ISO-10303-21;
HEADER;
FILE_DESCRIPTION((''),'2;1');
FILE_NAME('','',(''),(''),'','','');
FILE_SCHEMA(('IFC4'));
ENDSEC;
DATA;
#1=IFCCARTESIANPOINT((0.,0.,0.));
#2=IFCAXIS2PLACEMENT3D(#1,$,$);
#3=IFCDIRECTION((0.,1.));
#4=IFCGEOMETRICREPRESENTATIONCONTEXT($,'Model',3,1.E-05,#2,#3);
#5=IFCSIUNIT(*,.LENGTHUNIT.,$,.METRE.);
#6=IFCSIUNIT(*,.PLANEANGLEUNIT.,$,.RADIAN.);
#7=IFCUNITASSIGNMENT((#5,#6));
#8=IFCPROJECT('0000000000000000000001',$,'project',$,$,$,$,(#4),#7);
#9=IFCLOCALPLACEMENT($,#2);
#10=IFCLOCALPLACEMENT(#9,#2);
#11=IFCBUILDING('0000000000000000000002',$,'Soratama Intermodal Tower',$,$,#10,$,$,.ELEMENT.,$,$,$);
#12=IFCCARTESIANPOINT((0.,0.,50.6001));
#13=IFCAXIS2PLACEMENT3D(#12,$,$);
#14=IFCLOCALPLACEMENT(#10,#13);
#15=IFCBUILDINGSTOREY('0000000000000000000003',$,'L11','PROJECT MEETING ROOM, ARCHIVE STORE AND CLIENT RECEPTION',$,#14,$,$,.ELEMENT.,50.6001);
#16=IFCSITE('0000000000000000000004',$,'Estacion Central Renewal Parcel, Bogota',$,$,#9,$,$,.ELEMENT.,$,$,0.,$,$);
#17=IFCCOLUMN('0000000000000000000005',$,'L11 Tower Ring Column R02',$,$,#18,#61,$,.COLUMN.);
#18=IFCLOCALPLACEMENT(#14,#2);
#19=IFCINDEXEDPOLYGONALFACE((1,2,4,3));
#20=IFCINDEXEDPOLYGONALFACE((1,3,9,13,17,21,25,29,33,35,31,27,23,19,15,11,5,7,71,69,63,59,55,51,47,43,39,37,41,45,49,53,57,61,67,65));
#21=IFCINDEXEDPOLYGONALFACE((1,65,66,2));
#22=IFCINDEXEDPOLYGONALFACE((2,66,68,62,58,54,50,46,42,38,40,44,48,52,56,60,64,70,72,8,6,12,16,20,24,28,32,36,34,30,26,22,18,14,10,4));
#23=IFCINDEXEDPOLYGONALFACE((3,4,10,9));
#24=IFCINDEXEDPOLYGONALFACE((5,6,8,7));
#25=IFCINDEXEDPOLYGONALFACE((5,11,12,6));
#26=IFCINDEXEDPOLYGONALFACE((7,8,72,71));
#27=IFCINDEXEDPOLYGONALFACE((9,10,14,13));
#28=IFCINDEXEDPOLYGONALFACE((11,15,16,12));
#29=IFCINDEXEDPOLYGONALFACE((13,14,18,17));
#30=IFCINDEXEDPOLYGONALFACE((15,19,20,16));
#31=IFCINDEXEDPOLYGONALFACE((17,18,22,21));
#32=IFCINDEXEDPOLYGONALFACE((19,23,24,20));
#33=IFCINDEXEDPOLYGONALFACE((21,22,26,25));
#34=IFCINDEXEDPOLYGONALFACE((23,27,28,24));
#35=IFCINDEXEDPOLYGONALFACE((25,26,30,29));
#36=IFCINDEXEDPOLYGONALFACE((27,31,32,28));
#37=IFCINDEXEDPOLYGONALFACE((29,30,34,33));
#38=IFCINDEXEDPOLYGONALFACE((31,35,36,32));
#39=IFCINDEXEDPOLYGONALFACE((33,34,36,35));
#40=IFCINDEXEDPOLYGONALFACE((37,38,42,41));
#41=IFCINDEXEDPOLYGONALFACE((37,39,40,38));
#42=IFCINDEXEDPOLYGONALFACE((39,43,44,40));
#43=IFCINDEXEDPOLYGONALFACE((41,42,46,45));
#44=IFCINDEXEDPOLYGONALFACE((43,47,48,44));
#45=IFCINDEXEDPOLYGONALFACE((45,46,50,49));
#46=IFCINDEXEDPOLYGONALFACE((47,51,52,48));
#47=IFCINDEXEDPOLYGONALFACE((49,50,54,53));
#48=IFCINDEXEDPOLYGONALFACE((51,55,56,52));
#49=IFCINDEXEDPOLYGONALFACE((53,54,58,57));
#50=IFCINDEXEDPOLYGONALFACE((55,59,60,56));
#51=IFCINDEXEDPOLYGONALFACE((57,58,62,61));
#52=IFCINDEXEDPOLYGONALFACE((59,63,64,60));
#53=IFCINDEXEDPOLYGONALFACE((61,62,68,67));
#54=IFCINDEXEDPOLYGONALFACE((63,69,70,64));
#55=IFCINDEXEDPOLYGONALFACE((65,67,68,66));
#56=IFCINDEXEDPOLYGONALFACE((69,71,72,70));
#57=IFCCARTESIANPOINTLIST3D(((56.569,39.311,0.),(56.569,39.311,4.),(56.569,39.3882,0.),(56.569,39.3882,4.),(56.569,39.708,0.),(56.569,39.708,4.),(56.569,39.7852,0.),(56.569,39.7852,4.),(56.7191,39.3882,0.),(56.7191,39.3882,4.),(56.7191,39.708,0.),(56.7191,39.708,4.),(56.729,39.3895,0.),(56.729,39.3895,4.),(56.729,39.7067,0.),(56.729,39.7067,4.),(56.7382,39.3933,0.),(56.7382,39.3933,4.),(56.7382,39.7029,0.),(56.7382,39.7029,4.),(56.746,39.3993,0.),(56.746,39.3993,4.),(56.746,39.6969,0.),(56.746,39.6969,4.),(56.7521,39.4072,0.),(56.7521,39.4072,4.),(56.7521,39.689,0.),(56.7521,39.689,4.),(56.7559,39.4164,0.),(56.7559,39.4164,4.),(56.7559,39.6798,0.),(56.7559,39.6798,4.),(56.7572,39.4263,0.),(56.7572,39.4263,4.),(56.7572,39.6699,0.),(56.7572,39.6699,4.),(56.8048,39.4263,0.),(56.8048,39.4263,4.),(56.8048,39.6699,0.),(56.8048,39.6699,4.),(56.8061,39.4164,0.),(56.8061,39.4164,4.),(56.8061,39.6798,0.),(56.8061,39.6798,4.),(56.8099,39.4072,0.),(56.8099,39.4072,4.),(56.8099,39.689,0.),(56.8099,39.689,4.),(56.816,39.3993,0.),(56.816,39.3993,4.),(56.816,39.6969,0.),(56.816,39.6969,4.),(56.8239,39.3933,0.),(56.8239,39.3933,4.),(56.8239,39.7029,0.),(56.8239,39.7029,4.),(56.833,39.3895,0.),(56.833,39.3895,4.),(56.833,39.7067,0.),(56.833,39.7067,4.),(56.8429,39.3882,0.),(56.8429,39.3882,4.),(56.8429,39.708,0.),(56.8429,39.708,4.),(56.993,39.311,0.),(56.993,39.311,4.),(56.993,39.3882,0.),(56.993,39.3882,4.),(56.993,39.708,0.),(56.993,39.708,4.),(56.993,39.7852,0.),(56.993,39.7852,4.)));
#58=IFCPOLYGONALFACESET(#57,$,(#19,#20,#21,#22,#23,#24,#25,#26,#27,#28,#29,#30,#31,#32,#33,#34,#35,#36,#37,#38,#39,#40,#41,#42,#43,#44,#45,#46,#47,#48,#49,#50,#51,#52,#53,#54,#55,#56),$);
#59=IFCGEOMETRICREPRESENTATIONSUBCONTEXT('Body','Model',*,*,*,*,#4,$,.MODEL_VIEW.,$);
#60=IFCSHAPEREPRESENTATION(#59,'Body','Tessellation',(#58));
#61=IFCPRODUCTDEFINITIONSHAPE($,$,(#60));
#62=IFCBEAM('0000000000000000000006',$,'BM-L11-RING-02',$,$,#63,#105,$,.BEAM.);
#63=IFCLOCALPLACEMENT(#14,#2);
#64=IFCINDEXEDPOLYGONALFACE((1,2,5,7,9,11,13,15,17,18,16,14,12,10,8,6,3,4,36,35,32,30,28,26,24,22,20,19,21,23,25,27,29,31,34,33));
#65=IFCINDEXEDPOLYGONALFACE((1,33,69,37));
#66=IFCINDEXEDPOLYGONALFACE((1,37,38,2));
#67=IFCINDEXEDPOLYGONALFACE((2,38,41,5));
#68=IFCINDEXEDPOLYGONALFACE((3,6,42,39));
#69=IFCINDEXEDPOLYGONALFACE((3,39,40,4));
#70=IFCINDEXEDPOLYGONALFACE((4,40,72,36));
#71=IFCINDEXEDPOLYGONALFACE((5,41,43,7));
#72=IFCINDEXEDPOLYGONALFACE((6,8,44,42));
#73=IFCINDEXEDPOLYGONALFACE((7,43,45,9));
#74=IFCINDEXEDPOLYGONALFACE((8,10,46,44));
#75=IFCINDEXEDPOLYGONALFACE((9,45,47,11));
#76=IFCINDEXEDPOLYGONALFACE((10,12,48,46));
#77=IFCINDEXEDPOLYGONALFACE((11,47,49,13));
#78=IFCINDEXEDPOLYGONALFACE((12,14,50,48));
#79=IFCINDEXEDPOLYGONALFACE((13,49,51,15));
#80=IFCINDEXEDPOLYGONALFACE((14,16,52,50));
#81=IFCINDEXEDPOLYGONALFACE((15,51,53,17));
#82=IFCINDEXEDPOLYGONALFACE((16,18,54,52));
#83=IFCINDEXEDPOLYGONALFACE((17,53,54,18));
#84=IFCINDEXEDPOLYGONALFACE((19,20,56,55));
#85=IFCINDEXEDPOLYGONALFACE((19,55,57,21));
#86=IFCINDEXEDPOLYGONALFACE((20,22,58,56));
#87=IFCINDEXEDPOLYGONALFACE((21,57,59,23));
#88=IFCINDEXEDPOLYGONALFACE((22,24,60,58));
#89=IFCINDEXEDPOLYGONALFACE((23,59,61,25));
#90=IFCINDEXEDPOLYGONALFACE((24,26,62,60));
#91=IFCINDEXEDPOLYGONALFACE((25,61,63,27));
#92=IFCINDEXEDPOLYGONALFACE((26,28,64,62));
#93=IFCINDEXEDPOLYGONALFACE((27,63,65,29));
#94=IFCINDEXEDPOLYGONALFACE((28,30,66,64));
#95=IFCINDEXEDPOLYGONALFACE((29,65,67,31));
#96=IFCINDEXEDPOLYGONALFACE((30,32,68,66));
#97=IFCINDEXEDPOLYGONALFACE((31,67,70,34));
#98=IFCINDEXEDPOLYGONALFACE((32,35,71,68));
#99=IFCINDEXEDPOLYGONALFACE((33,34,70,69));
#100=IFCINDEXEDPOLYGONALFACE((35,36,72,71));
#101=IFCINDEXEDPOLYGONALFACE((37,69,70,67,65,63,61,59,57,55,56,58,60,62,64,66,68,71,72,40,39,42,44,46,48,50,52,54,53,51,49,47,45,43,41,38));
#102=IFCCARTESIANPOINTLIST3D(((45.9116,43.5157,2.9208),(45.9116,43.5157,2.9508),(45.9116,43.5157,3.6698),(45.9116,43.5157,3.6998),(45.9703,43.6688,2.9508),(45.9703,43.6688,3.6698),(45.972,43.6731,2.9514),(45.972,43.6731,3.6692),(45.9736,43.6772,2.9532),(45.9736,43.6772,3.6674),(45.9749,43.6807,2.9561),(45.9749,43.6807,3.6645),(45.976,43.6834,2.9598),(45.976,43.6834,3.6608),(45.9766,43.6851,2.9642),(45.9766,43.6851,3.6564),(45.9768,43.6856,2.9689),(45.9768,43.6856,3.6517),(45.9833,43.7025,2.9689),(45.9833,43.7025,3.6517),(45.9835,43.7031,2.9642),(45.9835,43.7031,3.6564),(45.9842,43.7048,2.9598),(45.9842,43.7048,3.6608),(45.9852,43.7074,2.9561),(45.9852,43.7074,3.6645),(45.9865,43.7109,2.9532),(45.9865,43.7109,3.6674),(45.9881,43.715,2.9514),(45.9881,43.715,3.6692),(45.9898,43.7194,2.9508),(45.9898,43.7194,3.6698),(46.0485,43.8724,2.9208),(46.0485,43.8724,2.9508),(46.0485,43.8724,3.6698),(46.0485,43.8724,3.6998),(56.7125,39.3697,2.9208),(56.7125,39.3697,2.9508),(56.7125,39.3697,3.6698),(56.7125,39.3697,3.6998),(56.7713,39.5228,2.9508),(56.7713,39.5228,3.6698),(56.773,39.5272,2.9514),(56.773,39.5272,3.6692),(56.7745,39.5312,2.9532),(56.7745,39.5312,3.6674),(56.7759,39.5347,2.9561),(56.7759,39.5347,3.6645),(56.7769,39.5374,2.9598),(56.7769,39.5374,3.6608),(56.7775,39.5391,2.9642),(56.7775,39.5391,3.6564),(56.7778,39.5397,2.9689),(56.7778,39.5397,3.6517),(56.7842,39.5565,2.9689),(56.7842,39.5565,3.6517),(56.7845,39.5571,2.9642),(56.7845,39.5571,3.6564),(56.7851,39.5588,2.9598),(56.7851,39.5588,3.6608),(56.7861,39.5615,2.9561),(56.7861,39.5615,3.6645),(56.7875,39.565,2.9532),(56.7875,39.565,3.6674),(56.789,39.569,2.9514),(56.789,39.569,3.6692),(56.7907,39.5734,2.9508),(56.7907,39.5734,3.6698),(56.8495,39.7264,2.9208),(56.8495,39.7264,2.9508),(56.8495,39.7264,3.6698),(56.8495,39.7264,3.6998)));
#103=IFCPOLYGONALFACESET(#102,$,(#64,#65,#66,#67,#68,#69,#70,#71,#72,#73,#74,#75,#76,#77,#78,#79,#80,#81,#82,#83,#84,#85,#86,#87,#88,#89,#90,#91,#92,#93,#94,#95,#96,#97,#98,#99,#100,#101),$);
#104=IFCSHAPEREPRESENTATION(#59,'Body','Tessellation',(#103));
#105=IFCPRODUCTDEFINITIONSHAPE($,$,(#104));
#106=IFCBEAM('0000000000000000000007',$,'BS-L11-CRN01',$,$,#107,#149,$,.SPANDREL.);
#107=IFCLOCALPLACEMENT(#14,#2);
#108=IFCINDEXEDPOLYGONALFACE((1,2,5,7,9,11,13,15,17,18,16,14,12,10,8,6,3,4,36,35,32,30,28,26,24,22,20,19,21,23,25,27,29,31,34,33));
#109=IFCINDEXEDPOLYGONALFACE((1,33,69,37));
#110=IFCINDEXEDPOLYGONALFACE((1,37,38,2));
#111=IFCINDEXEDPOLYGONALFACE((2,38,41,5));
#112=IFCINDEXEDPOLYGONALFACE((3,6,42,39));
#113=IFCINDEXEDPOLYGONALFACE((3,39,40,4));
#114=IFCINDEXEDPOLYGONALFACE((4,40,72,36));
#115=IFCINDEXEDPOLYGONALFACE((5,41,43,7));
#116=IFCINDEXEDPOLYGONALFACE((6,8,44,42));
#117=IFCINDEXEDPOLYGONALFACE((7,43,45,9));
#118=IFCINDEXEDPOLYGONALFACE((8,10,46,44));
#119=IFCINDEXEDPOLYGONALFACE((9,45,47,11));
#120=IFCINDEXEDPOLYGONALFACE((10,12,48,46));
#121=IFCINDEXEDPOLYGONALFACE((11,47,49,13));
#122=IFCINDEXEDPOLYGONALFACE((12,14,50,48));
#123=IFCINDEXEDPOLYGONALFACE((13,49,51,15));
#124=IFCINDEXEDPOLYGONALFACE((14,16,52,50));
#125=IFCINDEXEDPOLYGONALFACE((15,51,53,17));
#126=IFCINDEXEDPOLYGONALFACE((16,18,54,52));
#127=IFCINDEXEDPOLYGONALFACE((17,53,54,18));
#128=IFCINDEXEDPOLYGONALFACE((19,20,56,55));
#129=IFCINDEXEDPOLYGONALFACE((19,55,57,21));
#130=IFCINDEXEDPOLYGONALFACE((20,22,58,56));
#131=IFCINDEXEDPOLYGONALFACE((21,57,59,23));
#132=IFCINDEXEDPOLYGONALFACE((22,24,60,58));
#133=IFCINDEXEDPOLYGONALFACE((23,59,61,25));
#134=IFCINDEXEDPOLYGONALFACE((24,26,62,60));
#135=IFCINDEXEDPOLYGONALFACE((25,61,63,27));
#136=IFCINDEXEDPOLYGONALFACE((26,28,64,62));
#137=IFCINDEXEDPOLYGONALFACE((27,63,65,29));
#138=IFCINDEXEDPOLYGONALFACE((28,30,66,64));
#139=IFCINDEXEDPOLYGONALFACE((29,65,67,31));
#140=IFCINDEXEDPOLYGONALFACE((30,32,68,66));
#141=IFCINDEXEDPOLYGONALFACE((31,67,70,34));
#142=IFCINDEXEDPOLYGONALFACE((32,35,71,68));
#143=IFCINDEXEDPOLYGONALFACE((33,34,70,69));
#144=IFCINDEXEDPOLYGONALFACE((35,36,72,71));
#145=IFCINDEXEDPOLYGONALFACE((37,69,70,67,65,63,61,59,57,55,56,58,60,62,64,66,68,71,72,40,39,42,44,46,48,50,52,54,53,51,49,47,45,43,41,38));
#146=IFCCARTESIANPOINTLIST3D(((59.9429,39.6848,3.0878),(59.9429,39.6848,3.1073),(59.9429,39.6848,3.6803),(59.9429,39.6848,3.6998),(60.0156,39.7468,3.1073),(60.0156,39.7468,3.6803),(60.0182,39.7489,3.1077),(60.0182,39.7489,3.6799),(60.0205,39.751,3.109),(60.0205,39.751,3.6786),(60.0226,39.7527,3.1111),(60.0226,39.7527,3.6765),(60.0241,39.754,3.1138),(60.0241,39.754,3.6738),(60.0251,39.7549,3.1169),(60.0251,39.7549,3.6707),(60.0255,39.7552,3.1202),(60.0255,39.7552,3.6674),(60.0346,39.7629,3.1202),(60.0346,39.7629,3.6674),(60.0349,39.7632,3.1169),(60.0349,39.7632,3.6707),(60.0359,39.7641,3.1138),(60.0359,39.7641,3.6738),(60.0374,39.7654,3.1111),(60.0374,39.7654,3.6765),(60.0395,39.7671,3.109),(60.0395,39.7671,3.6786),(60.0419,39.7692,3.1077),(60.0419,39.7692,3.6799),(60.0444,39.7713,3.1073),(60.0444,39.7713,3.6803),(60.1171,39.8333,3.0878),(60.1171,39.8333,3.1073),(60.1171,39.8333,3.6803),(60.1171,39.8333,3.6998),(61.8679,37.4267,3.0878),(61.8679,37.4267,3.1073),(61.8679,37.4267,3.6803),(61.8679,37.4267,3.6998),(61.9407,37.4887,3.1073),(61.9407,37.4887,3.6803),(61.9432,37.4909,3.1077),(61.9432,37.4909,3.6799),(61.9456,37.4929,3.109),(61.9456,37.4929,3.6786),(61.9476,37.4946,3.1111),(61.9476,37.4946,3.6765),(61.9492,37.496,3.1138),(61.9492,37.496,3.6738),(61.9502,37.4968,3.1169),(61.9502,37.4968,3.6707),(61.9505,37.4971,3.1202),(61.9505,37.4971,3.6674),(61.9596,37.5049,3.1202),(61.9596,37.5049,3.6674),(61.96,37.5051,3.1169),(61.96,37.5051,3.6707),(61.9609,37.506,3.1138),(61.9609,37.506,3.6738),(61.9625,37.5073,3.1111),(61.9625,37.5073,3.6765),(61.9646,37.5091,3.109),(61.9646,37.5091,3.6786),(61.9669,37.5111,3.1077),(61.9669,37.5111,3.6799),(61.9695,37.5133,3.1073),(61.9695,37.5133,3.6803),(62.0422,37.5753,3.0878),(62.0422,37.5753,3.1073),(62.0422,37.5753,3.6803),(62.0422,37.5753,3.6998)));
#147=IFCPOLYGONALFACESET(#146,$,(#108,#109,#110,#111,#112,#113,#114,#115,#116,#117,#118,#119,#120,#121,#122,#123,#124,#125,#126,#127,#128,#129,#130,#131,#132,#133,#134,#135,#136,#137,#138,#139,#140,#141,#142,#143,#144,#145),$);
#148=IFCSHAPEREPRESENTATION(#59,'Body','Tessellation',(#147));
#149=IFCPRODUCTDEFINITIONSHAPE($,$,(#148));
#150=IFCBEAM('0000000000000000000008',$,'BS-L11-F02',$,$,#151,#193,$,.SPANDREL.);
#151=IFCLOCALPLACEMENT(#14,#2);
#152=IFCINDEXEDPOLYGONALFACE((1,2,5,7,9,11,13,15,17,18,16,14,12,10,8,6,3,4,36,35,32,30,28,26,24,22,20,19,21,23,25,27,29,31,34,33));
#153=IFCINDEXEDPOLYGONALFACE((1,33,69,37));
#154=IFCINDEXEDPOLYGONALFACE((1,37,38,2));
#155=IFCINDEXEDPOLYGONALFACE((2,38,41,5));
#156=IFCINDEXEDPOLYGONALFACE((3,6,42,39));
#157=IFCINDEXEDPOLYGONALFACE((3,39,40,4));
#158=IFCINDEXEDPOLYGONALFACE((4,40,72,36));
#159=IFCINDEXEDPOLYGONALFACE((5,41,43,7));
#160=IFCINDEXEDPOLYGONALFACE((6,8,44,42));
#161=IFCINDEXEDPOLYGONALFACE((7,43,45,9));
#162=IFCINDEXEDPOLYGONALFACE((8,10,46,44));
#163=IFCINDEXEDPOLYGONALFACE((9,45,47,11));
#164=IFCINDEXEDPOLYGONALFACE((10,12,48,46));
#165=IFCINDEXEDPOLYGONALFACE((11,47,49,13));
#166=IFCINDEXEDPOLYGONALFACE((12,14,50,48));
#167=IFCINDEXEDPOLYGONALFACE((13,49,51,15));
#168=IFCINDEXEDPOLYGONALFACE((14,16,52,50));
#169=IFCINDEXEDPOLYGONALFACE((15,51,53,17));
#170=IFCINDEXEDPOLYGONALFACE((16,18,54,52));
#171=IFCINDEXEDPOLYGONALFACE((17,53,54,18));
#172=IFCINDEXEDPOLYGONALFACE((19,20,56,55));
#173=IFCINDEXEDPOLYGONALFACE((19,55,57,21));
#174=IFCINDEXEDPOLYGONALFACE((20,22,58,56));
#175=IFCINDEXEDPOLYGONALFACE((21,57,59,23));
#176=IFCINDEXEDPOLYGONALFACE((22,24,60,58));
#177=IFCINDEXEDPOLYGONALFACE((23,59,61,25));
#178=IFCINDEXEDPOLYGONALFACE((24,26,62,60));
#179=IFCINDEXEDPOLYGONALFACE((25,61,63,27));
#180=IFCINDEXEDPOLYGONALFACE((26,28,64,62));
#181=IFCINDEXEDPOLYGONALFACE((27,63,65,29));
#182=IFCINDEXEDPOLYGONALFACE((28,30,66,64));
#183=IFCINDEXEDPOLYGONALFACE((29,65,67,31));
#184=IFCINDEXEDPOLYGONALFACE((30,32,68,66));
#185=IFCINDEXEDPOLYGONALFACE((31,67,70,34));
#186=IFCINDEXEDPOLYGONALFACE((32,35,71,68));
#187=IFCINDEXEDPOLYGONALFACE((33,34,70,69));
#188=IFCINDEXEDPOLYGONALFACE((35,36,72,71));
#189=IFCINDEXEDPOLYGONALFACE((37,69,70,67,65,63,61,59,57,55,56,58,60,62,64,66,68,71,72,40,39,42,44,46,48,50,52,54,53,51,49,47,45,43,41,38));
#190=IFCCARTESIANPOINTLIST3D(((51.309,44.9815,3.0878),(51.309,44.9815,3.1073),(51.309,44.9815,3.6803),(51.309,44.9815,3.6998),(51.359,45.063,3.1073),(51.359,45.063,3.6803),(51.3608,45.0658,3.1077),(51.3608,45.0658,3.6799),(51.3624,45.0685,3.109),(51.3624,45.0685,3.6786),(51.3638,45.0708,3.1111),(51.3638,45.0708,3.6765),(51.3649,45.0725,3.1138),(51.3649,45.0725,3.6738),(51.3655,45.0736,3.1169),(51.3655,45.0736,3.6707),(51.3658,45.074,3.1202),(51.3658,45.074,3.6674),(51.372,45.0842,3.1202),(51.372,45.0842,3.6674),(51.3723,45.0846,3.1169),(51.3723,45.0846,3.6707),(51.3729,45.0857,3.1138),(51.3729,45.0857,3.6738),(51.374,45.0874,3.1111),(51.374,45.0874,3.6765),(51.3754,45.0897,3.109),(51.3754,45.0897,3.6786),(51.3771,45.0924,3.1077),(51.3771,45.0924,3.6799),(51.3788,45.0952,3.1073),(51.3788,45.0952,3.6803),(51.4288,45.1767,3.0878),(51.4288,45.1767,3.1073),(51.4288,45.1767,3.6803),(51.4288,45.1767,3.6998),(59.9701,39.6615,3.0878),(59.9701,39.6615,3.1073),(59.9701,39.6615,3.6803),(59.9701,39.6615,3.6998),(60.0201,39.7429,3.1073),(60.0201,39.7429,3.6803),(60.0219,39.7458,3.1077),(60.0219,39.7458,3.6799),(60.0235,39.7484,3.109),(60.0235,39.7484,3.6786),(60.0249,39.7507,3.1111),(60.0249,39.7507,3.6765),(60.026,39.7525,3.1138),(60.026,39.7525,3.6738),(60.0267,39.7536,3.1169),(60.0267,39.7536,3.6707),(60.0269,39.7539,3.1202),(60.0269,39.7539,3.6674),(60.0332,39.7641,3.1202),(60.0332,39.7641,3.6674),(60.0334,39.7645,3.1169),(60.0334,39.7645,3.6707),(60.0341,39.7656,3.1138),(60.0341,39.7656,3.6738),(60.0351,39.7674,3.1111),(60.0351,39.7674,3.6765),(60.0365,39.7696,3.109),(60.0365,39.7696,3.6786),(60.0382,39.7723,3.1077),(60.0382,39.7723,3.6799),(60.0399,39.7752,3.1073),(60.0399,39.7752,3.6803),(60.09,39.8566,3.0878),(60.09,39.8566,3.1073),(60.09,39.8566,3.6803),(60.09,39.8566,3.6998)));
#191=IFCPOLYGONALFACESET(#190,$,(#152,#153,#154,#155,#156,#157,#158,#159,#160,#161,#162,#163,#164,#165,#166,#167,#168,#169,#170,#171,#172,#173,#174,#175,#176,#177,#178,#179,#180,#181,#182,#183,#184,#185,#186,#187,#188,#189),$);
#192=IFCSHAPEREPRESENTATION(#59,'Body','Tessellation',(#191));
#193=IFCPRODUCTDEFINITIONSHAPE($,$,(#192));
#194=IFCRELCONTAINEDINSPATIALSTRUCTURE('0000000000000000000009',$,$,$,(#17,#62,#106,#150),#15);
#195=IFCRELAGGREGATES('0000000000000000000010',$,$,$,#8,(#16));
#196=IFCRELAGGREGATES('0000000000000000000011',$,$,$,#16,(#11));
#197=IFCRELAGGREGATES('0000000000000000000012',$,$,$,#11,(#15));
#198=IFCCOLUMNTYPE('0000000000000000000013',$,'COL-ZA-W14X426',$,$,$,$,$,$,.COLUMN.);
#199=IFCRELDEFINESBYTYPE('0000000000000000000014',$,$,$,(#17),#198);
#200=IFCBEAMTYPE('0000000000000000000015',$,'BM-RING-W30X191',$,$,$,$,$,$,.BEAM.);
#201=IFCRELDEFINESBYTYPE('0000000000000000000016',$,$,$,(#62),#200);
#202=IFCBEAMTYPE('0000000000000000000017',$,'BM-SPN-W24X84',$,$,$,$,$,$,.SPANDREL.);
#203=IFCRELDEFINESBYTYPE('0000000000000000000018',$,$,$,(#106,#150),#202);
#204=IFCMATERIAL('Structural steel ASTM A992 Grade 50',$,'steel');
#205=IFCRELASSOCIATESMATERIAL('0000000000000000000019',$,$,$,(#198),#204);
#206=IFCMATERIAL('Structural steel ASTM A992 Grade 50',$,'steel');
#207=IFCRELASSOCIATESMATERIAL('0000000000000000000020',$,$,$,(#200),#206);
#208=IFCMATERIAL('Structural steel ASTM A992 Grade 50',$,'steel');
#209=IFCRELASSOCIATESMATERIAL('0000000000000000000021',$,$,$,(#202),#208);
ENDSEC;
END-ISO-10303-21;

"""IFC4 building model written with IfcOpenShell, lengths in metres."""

from ifc_helpers import new_model, si_unit, direction, frame, origin, origin_2d, place, context, subcontext, project, spatial, i_section, extrude, material, material_profile, profile_set, type_object, element, save


model = new_model("IFC4")

# Units and contexts
model_context = context("Model", 3, precision=1e-05, world=origin(), true_north=direction((0.0, 1.0)))
body_context = subcontext(model_context, "Body", "Model", "MODEL_VIEW")
ifc_project = project(units=[si_unit("LENGTHUNIT", "METRE"), si_unit("PLANEANGLEUNIT", "RADIAN")], contexts=[model_context])

# Site, building, storey
site_placement = place(None, origin())
site = spatial("IfcSite", under=ifc_project, at=site_placement, Name="Estacion Central Renewal Parcel, Bogota", CompositionType="ELEMENT", RefElevation=0.0)
building_placement = place(site_placement, origin())
building = spatial("IfcBuilding", under=site, at=building_placement, Name="Soratama Intermodal Tower", CompositionType="ELEMENT")
storey_placement = place(building_placement, frame((0.0, 0.0, 50.6001)))
storey = spatial("IfcBuildingStorey", under=building, at=storey_placement, Name="L11", Description="PROJECT MEETING ROOM, ARCHIVE STORE AND CLIENT RECEPTION", CompositionType="ELEMENT", Elevation=50.6001)

# Column
ifc_material_1 = material(Name="Structural steel ASTM A992 Grade 50", Category="steel")
ifc_material_profile_1 = material_profile(ifc_material_1, i_section(OverallWidth=0.4241, OverallDepth=0.4741, WebThickness=0.0476, FlangeThickness=0.0771, FilletRadius=0.0381, at=origin_2d()), Name="W14X426")
ifc_profile_set_1 = profile_set([ifc_material_profile_1], Name="Structural steel ASTM A992 Grade 50")
column_type = type_object("IfcColumnType", Name="COL-ZA-W14X426", PredefinedType="COLUMN", material=ifc_profile_set_1)
column_placement = place(storey_placement, frame((56.781, 39.5481, 0.0), z_axis=(0.0, 0.0, 1.0), x_axis=(1.0, 0.0, 0.0)))
element("IfcColumn", 1, at=column_placement, inside=storey, type_object=column_type, Name="L11 Tower Ring Column R02", PredefinedType="COLUMN", context=body_context, shape_type="SweptSolid", body=[
    extrude(i_section(OverallWidth=0.4241, OverallDepth=0.4741, WebThickness=0.0476, FlangeThickness=0.0771, FilletRadius=0.0381, at=origin_2d()), origin(), (0.0, 0.0, 1.0), 4.0),
])

# Beams
ifc_material_2 = material(Name="Structural steel ASTM A992 Grade 50", Category="steel")
ifc_material_profile_2 = material_profile(ifc_material_2, i_section(OverallWidth=0.3821, OverallDepth=0.7791, WebThickness=0.0181, FlangeThickness=0.03, FilletRadius=0.0181, at=origin_2d()), Name="W30X191")
ifc_profile_set_2 = profile_set([ifc_material_profile_2], Name="Structural steel ASTM A992 Grade 50")
beam_type_1 = type_object("IfcBeamType", Name="BM-RING-W30X191", PredefinedType="BEAM", material=ifc_profile_set_2)
beam_1_placement = place(storey_placement, frame((56.781, 39.5481, 3.3103), z_axis=(-0.933584, 0.358358, 0.0), x_axis=(-0.358358, -0.933584, 0.0)))
element("IfcBeam", 2, at=beam_1_placement, inside=storey, type_object=beam_type_1, Name="BM-L11-RING-02", PredefinedType="BEAM", context=body_context, shape_type="SweptSolid", body=[
    extrude(i_section(OverallWidth=0.3821, OverallDepth=0.7791, WebThickness=0.0181, FlangeThickness=0.03, FilletRadius=0.0181, at=origin_2d()), origin(), (0.0, 0.0, 1.0), 11.5693),
])
ifc_material_3 = material(Name="Structural steel ASTM A992 Grade 50", Category="steel")
ifc_material_profile_3 = material_profile(ifc_material_3, i_section(OverallWidth=0.229, OverallDepth=0.6121, WebThickness=0.012, FlangeThickness=0.0195, FilletRadius=0.0129, at=origin_2d()), Name="W24X84")
ifc_profile_set_3 = profile_set([ifc_material_profile_3], Name="Structural steel ASTM A992 Grade 50")
beam_type_2 = type_object("IfcBeamType", Name="BM-SPN-W24X84", PredefinedType="SPANDREL", material=ifc_profile_set_3)
beam_2_placement = place(storey_placement, frame((61.9551, 37.501, 3.3938), z_axis=(-0.648763, 0.76099, 0.0), x_axis=(-0.76099, -0.648763, 0.0)))
element("IfcBeam", 3, at=beam_2_placement, inside=storey, type_object=beam_type_2, Name="BS-L11-CRN01", PredefinedType="SPANDREL", context=body_context, shape_type="SweptSolid", body=[
    extrude(i_section(OverallWidth=0.229, OverallDepth=0.6121, WebThickness=0.012, FlangeThickness=0.0195, FilletRadius=0.0129, at=origin_2d()), origin(), (0.0, 0.0, 1.0), 2.9673),
])
beam_3_placement = place(storey_placement, frame((60.03, 39.759, 3.3938), z_axis=(-0.852091, 0.523394, 0.0), x_axis=(-0.523394, -0.852091, 0.0)))
element("IfcBeam", 4, at=beam_3_placement, inside=storey, type_object=beam_type_2, Name="BS-L11-F02", PredefinedType="SPANDREL", context=body_context, shape_type="SweptSolid", body=[
    extrude(i_section(OverallWidth=0.229, OverallDepth=0.6121, WebThickness=0.012, FlangeThickness=0.0195, FilletRadius=0.0129, at=origin_2d()), origin(), (0.0, 0.0, 1.0), 10.1646),
])

save(model, "model.ifc")
